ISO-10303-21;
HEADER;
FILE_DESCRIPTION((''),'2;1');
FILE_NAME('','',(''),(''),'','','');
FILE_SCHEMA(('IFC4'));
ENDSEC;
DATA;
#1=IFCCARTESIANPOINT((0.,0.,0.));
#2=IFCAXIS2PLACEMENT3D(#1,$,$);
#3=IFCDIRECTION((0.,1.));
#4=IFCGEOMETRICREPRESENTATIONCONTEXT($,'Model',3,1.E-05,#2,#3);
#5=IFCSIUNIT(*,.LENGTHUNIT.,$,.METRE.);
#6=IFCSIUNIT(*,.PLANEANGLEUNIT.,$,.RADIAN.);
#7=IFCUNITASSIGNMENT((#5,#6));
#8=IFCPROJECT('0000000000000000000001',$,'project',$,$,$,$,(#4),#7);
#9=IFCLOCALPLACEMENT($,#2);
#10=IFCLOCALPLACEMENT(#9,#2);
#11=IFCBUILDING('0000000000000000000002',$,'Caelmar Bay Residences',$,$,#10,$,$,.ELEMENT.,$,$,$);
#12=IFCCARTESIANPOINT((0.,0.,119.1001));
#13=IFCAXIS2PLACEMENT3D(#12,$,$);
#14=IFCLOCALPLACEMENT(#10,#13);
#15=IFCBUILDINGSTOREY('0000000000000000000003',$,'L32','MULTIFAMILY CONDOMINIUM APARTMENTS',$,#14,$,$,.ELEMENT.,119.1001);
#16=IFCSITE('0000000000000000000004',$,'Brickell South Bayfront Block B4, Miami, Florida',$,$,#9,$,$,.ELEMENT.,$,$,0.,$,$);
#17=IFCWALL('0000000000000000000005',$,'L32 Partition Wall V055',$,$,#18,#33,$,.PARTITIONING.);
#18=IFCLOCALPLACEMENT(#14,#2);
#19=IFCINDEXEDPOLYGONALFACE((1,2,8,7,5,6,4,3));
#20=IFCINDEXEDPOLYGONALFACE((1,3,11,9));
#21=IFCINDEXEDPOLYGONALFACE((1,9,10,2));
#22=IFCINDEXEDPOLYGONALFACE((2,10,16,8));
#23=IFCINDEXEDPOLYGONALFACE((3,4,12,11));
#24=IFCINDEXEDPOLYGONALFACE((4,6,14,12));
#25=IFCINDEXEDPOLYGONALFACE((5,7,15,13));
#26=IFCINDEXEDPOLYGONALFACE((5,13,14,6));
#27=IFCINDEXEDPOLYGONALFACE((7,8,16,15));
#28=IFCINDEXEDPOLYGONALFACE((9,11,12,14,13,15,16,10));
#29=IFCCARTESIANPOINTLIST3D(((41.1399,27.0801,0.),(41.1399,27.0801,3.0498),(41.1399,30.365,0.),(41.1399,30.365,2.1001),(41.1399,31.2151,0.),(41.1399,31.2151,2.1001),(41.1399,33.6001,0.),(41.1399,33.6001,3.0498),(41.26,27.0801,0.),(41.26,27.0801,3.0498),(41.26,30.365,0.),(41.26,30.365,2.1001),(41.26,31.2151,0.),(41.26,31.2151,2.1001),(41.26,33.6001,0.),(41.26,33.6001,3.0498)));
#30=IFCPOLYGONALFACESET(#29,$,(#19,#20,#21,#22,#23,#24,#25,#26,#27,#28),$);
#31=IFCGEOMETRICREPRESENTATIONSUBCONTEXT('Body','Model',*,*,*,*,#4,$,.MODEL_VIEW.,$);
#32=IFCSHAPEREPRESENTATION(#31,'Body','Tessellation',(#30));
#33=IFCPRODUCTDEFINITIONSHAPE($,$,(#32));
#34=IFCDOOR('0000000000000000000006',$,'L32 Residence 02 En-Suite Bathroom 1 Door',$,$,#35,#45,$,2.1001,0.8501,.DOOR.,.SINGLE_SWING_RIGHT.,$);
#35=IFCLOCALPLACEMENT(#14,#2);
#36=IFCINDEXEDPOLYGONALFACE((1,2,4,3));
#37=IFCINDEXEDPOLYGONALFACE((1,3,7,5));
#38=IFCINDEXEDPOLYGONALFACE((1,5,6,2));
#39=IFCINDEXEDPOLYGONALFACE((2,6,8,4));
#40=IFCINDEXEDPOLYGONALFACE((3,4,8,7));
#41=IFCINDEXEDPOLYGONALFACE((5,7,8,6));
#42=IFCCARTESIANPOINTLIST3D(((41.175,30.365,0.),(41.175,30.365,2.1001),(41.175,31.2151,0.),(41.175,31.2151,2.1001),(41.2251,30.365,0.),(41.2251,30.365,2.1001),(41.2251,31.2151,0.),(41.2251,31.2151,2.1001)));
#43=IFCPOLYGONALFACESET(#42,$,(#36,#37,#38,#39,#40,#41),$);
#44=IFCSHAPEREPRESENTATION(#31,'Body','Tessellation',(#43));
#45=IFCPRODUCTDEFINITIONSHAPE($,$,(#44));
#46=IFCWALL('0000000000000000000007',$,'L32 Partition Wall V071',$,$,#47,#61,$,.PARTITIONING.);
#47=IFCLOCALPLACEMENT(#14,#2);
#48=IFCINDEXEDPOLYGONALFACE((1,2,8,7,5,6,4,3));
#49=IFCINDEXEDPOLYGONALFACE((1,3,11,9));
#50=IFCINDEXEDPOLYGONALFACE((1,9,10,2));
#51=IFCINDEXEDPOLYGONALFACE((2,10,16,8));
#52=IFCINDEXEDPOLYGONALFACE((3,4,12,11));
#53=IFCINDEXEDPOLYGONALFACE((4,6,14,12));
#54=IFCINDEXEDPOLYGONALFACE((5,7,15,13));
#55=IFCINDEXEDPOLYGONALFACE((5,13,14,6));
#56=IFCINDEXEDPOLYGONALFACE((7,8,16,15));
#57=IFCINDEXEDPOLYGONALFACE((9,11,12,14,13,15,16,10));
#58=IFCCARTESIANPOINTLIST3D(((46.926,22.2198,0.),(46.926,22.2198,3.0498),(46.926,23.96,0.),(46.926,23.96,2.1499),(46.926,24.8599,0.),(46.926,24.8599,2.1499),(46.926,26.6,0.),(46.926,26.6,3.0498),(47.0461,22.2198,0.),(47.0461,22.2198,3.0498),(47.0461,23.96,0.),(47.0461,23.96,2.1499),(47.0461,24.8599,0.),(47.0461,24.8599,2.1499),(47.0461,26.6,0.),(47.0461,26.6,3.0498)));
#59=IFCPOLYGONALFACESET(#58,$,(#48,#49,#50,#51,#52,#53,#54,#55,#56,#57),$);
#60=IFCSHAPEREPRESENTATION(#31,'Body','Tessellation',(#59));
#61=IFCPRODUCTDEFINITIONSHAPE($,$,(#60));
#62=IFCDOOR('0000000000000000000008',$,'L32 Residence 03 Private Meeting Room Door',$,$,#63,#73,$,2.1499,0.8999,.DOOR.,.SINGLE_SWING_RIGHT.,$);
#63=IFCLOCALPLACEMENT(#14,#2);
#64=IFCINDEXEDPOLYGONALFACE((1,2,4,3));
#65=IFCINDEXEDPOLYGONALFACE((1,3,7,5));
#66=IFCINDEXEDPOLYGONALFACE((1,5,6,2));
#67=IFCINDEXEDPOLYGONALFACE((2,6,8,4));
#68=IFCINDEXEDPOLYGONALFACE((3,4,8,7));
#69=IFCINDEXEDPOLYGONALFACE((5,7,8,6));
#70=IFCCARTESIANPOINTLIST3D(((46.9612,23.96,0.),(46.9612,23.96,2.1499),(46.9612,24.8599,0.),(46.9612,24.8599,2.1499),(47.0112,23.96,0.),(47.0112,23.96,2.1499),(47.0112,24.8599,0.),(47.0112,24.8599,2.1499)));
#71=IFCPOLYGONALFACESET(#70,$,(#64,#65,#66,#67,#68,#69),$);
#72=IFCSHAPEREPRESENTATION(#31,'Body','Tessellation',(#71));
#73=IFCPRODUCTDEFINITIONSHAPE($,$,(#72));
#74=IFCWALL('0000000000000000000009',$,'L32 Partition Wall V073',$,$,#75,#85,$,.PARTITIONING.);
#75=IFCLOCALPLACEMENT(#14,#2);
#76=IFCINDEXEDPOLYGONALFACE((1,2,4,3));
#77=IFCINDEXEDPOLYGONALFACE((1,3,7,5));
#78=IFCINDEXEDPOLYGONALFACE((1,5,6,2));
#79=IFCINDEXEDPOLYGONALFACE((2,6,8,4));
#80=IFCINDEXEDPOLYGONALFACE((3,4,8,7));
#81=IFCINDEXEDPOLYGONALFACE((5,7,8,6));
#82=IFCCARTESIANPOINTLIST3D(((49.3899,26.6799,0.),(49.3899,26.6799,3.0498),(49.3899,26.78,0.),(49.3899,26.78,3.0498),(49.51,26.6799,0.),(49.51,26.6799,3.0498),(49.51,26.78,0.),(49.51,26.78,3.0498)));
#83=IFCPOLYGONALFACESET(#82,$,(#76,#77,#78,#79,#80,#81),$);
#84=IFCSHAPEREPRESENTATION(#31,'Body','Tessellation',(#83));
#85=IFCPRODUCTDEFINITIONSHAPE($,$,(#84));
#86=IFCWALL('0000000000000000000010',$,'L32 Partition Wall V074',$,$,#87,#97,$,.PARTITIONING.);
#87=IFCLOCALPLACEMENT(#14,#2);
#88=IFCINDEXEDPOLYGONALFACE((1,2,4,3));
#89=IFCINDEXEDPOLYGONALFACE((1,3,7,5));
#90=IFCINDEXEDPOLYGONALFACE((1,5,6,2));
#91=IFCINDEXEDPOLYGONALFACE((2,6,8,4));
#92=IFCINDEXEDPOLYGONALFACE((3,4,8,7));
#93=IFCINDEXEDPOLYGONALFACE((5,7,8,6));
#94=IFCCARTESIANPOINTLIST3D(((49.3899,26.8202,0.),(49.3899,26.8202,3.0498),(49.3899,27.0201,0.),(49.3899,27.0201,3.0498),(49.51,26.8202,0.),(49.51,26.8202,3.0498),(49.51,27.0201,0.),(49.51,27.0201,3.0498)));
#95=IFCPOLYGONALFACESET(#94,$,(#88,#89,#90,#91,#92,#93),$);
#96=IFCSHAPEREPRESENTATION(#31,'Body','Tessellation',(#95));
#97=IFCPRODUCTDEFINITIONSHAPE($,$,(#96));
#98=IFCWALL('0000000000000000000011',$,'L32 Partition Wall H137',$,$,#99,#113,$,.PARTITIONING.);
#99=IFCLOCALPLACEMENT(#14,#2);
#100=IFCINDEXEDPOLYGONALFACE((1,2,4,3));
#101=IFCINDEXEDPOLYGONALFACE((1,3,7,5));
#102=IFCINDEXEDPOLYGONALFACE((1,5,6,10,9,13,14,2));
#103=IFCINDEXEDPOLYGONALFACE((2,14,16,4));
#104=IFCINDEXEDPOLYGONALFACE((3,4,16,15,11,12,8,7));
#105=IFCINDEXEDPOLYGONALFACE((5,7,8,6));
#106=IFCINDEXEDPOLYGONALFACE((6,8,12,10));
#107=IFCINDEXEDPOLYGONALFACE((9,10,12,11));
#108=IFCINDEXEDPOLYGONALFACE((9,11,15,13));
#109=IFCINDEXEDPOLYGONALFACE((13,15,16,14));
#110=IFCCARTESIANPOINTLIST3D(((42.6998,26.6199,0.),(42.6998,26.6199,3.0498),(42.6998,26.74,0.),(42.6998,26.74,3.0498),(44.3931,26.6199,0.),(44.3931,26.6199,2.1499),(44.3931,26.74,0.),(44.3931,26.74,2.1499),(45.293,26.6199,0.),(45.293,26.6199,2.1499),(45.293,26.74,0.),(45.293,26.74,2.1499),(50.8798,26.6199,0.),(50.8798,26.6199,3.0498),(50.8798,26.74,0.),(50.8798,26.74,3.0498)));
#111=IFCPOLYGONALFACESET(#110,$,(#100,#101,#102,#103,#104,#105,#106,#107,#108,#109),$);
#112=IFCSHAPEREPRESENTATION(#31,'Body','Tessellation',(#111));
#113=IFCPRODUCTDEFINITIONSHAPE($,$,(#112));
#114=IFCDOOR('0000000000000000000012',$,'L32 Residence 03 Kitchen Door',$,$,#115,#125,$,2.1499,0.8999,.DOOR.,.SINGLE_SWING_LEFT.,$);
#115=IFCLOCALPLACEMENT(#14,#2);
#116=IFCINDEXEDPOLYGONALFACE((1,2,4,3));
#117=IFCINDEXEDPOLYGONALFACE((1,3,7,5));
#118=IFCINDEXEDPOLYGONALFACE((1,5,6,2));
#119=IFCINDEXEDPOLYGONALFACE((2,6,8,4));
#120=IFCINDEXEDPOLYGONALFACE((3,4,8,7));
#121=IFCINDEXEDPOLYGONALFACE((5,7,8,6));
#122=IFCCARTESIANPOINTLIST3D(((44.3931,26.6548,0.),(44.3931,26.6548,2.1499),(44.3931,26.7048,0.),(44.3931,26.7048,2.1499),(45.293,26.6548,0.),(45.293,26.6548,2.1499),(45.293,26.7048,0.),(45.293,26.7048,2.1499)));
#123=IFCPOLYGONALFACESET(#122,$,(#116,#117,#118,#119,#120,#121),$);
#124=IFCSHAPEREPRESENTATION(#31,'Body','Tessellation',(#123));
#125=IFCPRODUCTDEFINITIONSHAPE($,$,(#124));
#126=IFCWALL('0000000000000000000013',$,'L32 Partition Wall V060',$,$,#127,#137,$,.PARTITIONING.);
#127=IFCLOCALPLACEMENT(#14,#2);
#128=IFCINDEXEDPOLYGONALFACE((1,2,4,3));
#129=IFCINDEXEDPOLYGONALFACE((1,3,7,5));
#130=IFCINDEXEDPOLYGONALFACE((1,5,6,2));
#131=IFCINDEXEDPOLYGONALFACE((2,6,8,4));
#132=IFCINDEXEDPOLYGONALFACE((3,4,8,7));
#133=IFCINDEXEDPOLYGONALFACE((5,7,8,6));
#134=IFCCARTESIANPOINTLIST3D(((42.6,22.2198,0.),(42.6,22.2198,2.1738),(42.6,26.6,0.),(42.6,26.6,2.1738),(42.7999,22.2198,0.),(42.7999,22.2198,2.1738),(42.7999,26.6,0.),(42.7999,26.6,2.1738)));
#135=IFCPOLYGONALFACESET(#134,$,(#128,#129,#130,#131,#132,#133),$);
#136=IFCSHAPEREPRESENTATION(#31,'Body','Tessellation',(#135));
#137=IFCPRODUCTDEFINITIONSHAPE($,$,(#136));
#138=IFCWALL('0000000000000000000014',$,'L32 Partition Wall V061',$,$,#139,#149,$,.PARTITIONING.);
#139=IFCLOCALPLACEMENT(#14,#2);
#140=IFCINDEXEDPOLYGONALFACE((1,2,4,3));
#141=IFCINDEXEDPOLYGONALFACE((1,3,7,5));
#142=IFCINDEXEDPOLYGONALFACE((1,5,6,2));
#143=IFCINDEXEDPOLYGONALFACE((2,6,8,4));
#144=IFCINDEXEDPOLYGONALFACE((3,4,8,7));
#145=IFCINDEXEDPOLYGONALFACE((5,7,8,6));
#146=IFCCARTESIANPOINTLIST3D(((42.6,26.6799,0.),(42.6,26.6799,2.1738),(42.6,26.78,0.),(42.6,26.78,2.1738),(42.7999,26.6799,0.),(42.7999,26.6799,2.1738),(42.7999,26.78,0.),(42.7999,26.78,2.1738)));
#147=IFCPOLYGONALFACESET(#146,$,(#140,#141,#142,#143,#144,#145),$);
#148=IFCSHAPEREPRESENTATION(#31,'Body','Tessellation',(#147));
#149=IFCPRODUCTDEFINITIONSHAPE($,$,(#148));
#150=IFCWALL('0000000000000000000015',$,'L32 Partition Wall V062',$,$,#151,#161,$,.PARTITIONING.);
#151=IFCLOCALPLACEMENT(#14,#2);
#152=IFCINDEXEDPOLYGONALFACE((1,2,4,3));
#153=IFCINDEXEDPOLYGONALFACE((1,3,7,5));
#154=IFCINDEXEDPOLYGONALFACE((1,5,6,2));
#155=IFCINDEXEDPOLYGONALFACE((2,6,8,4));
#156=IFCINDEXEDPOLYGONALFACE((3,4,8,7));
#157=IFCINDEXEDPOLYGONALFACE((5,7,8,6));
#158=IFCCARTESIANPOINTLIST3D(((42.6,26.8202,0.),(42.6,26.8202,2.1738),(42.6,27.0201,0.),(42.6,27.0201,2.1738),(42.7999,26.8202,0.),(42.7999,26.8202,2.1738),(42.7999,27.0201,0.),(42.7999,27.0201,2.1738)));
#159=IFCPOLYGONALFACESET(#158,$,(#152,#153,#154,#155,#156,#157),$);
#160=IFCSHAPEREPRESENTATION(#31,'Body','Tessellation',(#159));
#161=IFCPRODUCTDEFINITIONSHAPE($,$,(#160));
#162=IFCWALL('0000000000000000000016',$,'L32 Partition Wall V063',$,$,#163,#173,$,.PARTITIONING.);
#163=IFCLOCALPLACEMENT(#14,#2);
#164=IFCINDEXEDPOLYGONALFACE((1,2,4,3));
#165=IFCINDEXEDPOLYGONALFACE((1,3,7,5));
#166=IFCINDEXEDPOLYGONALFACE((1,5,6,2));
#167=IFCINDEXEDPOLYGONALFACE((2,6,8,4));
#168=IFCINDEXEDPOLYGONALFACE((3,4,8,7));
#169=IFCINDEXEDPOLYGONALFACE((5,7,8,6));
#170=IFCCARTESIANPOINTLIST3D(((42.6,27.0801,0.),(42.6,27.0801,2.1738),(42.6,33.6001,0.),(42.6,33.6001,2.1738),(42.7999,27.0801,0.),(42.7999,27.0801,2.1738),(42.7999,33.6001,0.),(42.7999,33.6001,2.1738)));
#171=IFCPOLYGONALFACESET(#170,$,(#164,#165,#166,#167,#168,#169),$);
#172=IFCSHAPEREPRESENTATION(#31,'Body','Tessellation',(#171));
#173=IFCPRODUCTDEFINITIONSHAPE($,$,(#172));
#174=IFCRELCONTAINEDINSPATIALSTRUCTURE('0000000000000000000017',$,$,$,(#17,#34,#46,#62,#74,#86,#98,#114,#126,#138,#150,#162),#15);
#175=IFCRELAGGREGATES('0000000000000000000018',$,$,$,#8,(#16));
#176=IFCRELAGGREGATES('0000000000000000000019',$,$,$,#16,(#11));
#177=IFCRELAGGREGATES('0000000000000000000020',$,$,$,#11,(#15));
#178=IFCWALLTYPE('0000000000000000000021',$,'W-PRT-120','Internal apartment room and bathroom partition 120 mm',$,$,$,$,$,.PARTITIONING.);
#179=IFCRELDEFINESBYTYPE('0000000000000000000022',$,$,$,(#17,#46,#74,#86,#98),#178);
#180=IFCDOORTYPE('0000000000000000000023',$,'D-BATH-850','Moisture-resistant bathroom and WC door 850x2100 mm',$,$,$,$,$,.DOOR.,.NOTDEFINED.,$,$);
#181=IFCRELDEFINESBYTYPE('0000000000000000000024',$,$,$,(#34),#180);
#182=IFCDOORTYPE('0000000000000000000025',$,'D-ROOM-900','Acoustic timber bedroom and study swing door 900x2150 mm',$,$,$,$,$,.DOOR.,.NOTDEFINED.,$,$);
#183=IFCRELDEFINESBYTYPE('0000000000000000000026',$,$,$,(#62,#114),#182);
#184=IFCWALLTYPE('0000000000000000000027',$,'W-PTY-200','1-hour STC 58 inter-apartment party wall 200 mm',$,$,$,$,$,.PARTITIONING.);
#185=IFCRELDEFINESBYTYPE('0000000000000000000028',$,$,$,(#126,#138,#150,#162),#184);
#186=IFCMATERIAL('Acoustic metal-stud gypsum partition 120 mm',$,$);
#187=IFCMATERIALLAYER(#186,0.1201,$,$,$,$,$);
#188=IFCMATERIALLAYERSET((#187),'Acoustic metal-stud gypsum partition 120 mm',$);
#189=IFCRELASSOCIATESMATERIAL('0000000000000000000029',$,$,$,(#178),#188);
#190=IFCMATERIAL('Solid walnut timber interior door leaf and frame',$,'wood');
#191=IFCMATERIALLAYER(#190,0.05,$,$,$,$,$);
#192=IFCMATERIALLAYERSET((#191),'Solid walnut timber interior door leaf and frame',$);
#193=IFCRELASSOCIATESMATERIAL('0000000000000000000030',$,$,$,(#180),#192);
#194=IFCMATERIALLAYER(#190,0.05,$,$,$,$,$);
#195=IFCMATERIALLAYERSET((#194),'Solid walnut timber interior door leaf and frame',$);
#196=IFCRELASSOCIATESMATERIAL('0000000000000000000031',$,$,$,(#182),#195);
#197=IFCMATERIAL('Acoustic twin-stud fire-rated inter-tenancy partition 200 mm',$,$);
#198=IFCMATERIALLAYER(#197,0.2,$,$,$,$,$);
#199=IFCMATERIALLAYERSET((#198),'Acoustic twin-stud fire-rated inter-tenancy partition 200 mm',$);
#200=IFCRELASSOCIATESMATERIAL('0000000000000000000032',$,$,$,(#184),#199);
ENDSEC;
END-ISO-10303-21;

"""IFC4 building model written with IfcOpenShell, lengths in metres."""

from ifc_helpers import new_model, si_unit, direction, frame, frame_2d, origin, place, context, subcontext, project, spatial, rectangle, extrude, material, layer, layer_set, type_object, element, fill, save


model = new_model("IFC4")

# Units and contexts
model_context = context("Model", 3, precision=1e-05, world=origin(), true_north=direction((0.0, 1.0)))
body_context = subcontext(model_context, "Body", "Model", "MODEL_VIEW")
ifc_project = project(units=[si_unit("LENGTHUNIT", "METRE"), si_unit("PLANEANGLEUNIT", "RADIAN")], contexts=[model_context])

# Site, building, storey
site_placement = place(None, origin())
site = spatial("IfcSite", under=ifc_project, at=site_placement, Name="Brickell South Bayfront Block B4, Miami, Florida", CompositionType="ELEMENT", RefElevation=0.0)
building_placement = place(site_placement, origin())
building = spatial("IfcBuilding", under=site, at=building_placement, Name="Caelmar Bay Residences", CompositionType="ELEMENT")
storey_placement = place(building_placement, frame((0.0, 0.0, 119.1001)))
storey = spatial("IfcBuildingStorey", under=building, at=storey_placement, Name="L32", Description="MULTIFAMILY CONDOMINIUM APARTMENTS", CompositionType="ELEMENT", Elevation=119.1001)

# Shared definitions
ifc_material_1 = material(Name="Acoustic metal-stud gypsum partition 120 mm")
ifc_layer_1 = layer(ifc_material_1, 0.1201)
ifc_layer_set_1 = layer_set([ifc_layer_1], Name="Acoustic metal-stud gypsum partition 120 mm")
wall_type_1 = type_object("IfcWallType", Name="W-PRT-120", Description="Internal apartment room and bathroom partition 120 mm", PredefinedType="PARTITIONING", material=ifc_layer_set_1)

# Walls, openings, doors
wall_1_placement = place(storey_placement, frame((41.2, 27.0801, 0.0), z_axis=(0.0, 0.0, 1.0), x_axis=(0.0, 1.0, 0.0)))
wall_1 = element("IfcWall", 1, at=wall_1_placement, inside=storey, type_object=wall_type_1, Name="L32 Partition Wall V055", PredefinedType="PARTITIONING", context=body_context, shape_type="SweptSolid", body=[
    extrude(rectangle(XDim=6.52, YDim=0.1201, at=frame_2d((3.26, 0.0))), origin(), (0.0, 0.0, 1.0), 3.0498),
])
opening_1_placement = place(wall_1_placement, frame((3.2849, 0.0, 0.0)))
opening_1 = element("IfcOpeningElement", 2, at=opening_1_placement, cuts=wall_1, PredefinedType="OPENING", context=body_context, shape_type="SweptSolid", body=[
    extrude(rectangle(XDim=0.8501, YDim=2.1001, at=frame_2d((0.425, 1.05))), frame((0.0, 0.0701, 0.0), z_axis=(0.0, -1.0, 0.0), x_axis=(1.0, 0.0, 0.0)), (0.0, 0.0, 1.0), 0.1401),
])
ifc_material_2 = material(Name="Solid walnut timber interior door leaf and frame", Category="wood")
ifc_layer_2 = layer(ifc_material_2, 0.05)
ifc_layer_set_2 = layer_set([ifc_layer_2], Name="Solid walnut timber interior door leaf and frame")
door_type_1 = type_object("IfcDoorType", Name="D-BATH-850", Description="Moisture-resistant bathroom and WC door 850x2100 mm", OperationType="NOTDEFINED", PredefinedType="DOOR", material=ifc_layer_set_2)
door_1_placement = place(opening_1_placement, origin())
door_1 = element("IfcDoor", 3, at=door_1_placement, inside=storey, type_object=door_type_1, Name="L32 Residence 02 En-Suite Bathroom 1 Door", OperationType="SINGLE_SWING_RIGHT", OverallHeight=2.1001, OverallWidth=0.8501, PredefinedType="DOOR", context=body_context, shape_type="SweptSolid", body=[
    extrude(rectangle(XDim=0.8501, YDim=2.1001, at=frame_2d((0.425, 1.05))), frame((0.0, 0.0249, 0.0), z_axis=(0.0, -1.0, 0.0), x_axis=(1.0, 0.0, 0.0)), (0.0, 0.0, 1.0), 0.05),
])
fill(opening_1, door_1)
wall_2_placement = place(storey_placement, frame((46.9861, 22.22, 0.0), z_axis=(0.0, 0.0, 1.0), x_axis=(0.0, 1.0, 0.0)))
wall_2 = element("IfcWall", 4, at=wall_2_placement, inside=storey, type_object=wall_type_1, Name="L32 Partition Wall V071", PredefinedType="PARTITIONING", context=body_context, shape_type="SweptSolid", body=[
    extrude(rectangle(XDim=4.3801, YDim=0.1201, at=frame_2d((2.1899, 0.0))), origin(), (0.0, 0.0, 1.0), 3.0498),
])
opening_2_placement = place(wall_2_placement, frame((1.74, 0.0, 0.0)))
opening_2 = element("IfcOpeningElement", 5, at=opening_2_placement, cuts=wall_2, PredefinedType="OPENING", context=body_context, shape_type="SweptSolid", body=[
    extrude(rectangle(XDim=0.8999, YDim=2.1499, at=frame_2d((0.45, 1.075))), frame((0.0, 0.0701, 0.0), z_axis=(0.0, -1.0, 0.0), x_axis=(1.0, 0.0, 0.0)), (0.0, 0.0, 1.0), 0.1401),
])
ifc_layer_3 = layer(ifc_material_2, 0.05)
ifc_layer_set_3 = layer_set([ifc_layer_3], Name="Solid walnut timber interior door leaf and frame")
door_type_2 = type_object("IfcDoorType", Name="D-ROOM-900", Description="Acoustic timber bedroom and study swing door 900x2150 mm", OperationType="NOTDEFINED", PredefinedType="DOOR", material=ifc_layer_set_3)
door_2_placement = place(opening_2_placement, origin())
door_2 = element("IfcDoor", 6, at=door_2_placement, inside=storey, type_object=door_type_2, Name="L32 Residence 03 Private Meeting Room Door", OperationType="SINGLE_SWING_RIGHT", OverallHeight=2.1499, OverallWidth=0.8999, PredefinedType="DOOR", context=body_context, shape_type="SweptSolid", body=[
    extrude(rectangle(XDim=0.8999, YDim=2.1499, at=frame_2d((0.45, 1.075))), frame((0.0, 0.0249, 0.0), z_axis=(0.0, -1.0, 0.0), x_axis=(1.0, 0.0, 0.0)), (0.0, 0.0, 1.0), 0.05),
])
fill(opening_2, door_2)

# Walls
wall_3_placement = place(storey_placement, frame((49.45, 26.6799, 0.0), z_axis=(0.0, 0.0, 1.0), x_axis=(0.0, 1.0, 0.0)))
element("IfcWall", 7, at=wall_3_placement, inside=storey, type_object=wall_type_1, Name="L32 Partition Wall V073", PredefinedType="PARTITIONING", context=body_context, shape_type="SweptSolid", body=[
    extrude(rectangle(XDim=0.1001, YDim=0.1201, at=frame_2d((0.05, 0.0))), origin(), (0.0, 0.0, 1.0), 3.0498),
])
wall_4_placement = place(storey_placement, frame((49.45, 26.8201, 0.0), z_axis=(0.0, 0.0, 1.0), x_axis=(0.0, 1.0, 0.0)))
element("IfcWall", 8, at=wall_4_placement, inside=storey, type_object=wall_type_1, Name="L32 Partition Wall V074", PredefinedType="PARTITIONING", context=body_context, shape_type="SweptSolid", body=[
    extrude(rectangle(XDim=0.2, YDim=0.1201, at=frame_2d((0.1001, 0.0))), origin(), (0.0, 0.0, 1.0), 3.0498),
])

# Wall, opening, door
wall_5_placement = place(storey_placement, frame((42.7, 26.6799, 0.0), z_axis=(0.0, 0.0, 1.0), x_axis=(1.0, 0.0, 0.0)))
wall_5 = element("IfcWall", 9, at=wall_5_placement, inside=storey, type_object=wall_type_1, Name="L32 Partition Wall H137", PredefinedType="PARTITIONING", context=body_context, shape_type="SweptSolid", body=[
    extrude(rectangle(XDim=8.1799, YDim=0.1201, at=frame_2d((4.0898, 0.0))), origin(), (0.0, 0.0, 1.0), 3.0498),
])
opening_3_placement = place(wall_5_placement, frame((1.6931, 0.0, 0.0)))
opening_3 = element("IfcOpeningElement", 10, at=opening_3_placement, cuts=wall_5, PredefinedType="OPENING", context=body_context, shape_type="SweptSolid", body=[
    extrude(rectangle(XDim=0.8999, YDim=2.1499, at=frame_2d((0.45, 1.075))), frame((0.0, 0.0701, 0.0), z_axis=(0.0, -1.0, 0.0), x_axis=(1.0, 0.0, 0.0)), (0.0, 0.0, 1.0), 0.1401),
])
door_3_placement = place(opening_3_placement, origin())
door_3 = element("IfcDoor", 11, at=door_3_placement, inside=storey, type_object=door_type_2, Name="L32 Residence 03 Kitchen Door", OperationType="SINGLE_SWING_LEFT", OverallHeight=2.1499, OverallWidth=0.8999, PredefinedType="DOOR", context=body_context, shape_type="SweptSolid", body=[
    extrude(rectangle(XDim=0.8999, YDim=2.1499, at=frame_2d((0.45, 1.075))), frame((0.0, 0.0249, 0.0), z_axis=(0.0, -1.0, 0.0), x_axis=(1.0, 0.0, 0.0)), (0.0, 0.0, 1.0), 0.05),
])
fill(opening_3, door_3)

# Walls
ifc_material_3 = material(Name="Acoustic twin-stud fire-rated inter-tenancy partition 200 mm")
ifc_layer_4 = layer(ifc_material_3, 0.2)
ifc_layer_set_4 = layer_set([ifc_layer_4], Name="Acoustic twin-stud fire-rated inter-tenancy partition 200 mm")
wall_type_2 = type_object("IfcWallType", Name="W-PTY-200", Description="1-hour STC 58 inter-apartment party wall 200 mm", PredefinedType="PARTITIONING", material=ifc_layer_set_4)
wall_6_placement = place(storey_placement, frame((42.7, 22.22, 0.0), z_axis=(0.0, 0.0, 1.0), x_axis=(0.0, 1.0, 0.0)))
element("IfcWall", 12, at=wall_6_placement, inside=storey, type_object=wall_type_2, Name="L32 Partition Wall V060", PredefinedType="PARTITIONING", context=body_context, shape_type="SweptSolid", body=[
    extrude(rectangle(XDim=4.3801, YDim=0.2, at=frame_2d((2.1899, 0.0))), origin(), (0.0, 0.0, 1.0), 2.1738),
])
wall_7_placement = place(storey_placement, frame((42.7, 26.6799, 0.0), z_axis=(0.0, 0.0, 1.0), x_axis=(0.0, 1.0, 0.0)))
element("IfcWall", 13, at=wall_7_placement, inside=storey, type_object=wall_type_2, Name="L32 Partition Wall V061", PredefinedType="PARTITIONING", context=body_context, shape_type="SweptSolid", body=[
    extrude(rectangle(XDim=0.1001, YDim=0.2, at=frame_2d((0.05, 0.0))), origin(), (0.0, 0.0, 1.0), 2.1738),
])
wall_8_placement = place(storey_placement, frame((42.7, 26.8201, 0.0), z_axis=(0.0, 0.0, 1.0), x_axis=(0.0, 1.0, 0.0)))
element("IfcWall", 14, at=wall_8_placement, inside=storey, type_object=wall_type_2, Name="L32 Partition Wall V062", PredefinedType="PARTITIONING", context=body_context, shape_type="SweptSolid", body=[
    extrude(rectangle(XDim=0.2, YDim=0.2, at=frame_2d((0.1001, 0.0))), origin(), (0.0, 0.0, 1.0), 2.1738),
])
wall_9_placement = place(storey_placement, frame((42.7, 27.0801, 0.0), z_axis=(0.0, 0.0, 1.0), x_axis=(0.0, 1.0, 0.0)))
element("IfcWall", 15, at=wall_9_placement, inside=storey, type_object=wall_type_2, Name="L32 Partition Wall V063", PredefinedType="PARTITIONING", context=body_context, shape_type="SweptSolid", body=[
    extrude(rectangle(XDim=6.52, YDim=0.2, at=frame_2d((3.26, 0.0))), origin(), (0.0, 0.0, 1.0), 2.1738),
])

save(model, "model.ifc")
